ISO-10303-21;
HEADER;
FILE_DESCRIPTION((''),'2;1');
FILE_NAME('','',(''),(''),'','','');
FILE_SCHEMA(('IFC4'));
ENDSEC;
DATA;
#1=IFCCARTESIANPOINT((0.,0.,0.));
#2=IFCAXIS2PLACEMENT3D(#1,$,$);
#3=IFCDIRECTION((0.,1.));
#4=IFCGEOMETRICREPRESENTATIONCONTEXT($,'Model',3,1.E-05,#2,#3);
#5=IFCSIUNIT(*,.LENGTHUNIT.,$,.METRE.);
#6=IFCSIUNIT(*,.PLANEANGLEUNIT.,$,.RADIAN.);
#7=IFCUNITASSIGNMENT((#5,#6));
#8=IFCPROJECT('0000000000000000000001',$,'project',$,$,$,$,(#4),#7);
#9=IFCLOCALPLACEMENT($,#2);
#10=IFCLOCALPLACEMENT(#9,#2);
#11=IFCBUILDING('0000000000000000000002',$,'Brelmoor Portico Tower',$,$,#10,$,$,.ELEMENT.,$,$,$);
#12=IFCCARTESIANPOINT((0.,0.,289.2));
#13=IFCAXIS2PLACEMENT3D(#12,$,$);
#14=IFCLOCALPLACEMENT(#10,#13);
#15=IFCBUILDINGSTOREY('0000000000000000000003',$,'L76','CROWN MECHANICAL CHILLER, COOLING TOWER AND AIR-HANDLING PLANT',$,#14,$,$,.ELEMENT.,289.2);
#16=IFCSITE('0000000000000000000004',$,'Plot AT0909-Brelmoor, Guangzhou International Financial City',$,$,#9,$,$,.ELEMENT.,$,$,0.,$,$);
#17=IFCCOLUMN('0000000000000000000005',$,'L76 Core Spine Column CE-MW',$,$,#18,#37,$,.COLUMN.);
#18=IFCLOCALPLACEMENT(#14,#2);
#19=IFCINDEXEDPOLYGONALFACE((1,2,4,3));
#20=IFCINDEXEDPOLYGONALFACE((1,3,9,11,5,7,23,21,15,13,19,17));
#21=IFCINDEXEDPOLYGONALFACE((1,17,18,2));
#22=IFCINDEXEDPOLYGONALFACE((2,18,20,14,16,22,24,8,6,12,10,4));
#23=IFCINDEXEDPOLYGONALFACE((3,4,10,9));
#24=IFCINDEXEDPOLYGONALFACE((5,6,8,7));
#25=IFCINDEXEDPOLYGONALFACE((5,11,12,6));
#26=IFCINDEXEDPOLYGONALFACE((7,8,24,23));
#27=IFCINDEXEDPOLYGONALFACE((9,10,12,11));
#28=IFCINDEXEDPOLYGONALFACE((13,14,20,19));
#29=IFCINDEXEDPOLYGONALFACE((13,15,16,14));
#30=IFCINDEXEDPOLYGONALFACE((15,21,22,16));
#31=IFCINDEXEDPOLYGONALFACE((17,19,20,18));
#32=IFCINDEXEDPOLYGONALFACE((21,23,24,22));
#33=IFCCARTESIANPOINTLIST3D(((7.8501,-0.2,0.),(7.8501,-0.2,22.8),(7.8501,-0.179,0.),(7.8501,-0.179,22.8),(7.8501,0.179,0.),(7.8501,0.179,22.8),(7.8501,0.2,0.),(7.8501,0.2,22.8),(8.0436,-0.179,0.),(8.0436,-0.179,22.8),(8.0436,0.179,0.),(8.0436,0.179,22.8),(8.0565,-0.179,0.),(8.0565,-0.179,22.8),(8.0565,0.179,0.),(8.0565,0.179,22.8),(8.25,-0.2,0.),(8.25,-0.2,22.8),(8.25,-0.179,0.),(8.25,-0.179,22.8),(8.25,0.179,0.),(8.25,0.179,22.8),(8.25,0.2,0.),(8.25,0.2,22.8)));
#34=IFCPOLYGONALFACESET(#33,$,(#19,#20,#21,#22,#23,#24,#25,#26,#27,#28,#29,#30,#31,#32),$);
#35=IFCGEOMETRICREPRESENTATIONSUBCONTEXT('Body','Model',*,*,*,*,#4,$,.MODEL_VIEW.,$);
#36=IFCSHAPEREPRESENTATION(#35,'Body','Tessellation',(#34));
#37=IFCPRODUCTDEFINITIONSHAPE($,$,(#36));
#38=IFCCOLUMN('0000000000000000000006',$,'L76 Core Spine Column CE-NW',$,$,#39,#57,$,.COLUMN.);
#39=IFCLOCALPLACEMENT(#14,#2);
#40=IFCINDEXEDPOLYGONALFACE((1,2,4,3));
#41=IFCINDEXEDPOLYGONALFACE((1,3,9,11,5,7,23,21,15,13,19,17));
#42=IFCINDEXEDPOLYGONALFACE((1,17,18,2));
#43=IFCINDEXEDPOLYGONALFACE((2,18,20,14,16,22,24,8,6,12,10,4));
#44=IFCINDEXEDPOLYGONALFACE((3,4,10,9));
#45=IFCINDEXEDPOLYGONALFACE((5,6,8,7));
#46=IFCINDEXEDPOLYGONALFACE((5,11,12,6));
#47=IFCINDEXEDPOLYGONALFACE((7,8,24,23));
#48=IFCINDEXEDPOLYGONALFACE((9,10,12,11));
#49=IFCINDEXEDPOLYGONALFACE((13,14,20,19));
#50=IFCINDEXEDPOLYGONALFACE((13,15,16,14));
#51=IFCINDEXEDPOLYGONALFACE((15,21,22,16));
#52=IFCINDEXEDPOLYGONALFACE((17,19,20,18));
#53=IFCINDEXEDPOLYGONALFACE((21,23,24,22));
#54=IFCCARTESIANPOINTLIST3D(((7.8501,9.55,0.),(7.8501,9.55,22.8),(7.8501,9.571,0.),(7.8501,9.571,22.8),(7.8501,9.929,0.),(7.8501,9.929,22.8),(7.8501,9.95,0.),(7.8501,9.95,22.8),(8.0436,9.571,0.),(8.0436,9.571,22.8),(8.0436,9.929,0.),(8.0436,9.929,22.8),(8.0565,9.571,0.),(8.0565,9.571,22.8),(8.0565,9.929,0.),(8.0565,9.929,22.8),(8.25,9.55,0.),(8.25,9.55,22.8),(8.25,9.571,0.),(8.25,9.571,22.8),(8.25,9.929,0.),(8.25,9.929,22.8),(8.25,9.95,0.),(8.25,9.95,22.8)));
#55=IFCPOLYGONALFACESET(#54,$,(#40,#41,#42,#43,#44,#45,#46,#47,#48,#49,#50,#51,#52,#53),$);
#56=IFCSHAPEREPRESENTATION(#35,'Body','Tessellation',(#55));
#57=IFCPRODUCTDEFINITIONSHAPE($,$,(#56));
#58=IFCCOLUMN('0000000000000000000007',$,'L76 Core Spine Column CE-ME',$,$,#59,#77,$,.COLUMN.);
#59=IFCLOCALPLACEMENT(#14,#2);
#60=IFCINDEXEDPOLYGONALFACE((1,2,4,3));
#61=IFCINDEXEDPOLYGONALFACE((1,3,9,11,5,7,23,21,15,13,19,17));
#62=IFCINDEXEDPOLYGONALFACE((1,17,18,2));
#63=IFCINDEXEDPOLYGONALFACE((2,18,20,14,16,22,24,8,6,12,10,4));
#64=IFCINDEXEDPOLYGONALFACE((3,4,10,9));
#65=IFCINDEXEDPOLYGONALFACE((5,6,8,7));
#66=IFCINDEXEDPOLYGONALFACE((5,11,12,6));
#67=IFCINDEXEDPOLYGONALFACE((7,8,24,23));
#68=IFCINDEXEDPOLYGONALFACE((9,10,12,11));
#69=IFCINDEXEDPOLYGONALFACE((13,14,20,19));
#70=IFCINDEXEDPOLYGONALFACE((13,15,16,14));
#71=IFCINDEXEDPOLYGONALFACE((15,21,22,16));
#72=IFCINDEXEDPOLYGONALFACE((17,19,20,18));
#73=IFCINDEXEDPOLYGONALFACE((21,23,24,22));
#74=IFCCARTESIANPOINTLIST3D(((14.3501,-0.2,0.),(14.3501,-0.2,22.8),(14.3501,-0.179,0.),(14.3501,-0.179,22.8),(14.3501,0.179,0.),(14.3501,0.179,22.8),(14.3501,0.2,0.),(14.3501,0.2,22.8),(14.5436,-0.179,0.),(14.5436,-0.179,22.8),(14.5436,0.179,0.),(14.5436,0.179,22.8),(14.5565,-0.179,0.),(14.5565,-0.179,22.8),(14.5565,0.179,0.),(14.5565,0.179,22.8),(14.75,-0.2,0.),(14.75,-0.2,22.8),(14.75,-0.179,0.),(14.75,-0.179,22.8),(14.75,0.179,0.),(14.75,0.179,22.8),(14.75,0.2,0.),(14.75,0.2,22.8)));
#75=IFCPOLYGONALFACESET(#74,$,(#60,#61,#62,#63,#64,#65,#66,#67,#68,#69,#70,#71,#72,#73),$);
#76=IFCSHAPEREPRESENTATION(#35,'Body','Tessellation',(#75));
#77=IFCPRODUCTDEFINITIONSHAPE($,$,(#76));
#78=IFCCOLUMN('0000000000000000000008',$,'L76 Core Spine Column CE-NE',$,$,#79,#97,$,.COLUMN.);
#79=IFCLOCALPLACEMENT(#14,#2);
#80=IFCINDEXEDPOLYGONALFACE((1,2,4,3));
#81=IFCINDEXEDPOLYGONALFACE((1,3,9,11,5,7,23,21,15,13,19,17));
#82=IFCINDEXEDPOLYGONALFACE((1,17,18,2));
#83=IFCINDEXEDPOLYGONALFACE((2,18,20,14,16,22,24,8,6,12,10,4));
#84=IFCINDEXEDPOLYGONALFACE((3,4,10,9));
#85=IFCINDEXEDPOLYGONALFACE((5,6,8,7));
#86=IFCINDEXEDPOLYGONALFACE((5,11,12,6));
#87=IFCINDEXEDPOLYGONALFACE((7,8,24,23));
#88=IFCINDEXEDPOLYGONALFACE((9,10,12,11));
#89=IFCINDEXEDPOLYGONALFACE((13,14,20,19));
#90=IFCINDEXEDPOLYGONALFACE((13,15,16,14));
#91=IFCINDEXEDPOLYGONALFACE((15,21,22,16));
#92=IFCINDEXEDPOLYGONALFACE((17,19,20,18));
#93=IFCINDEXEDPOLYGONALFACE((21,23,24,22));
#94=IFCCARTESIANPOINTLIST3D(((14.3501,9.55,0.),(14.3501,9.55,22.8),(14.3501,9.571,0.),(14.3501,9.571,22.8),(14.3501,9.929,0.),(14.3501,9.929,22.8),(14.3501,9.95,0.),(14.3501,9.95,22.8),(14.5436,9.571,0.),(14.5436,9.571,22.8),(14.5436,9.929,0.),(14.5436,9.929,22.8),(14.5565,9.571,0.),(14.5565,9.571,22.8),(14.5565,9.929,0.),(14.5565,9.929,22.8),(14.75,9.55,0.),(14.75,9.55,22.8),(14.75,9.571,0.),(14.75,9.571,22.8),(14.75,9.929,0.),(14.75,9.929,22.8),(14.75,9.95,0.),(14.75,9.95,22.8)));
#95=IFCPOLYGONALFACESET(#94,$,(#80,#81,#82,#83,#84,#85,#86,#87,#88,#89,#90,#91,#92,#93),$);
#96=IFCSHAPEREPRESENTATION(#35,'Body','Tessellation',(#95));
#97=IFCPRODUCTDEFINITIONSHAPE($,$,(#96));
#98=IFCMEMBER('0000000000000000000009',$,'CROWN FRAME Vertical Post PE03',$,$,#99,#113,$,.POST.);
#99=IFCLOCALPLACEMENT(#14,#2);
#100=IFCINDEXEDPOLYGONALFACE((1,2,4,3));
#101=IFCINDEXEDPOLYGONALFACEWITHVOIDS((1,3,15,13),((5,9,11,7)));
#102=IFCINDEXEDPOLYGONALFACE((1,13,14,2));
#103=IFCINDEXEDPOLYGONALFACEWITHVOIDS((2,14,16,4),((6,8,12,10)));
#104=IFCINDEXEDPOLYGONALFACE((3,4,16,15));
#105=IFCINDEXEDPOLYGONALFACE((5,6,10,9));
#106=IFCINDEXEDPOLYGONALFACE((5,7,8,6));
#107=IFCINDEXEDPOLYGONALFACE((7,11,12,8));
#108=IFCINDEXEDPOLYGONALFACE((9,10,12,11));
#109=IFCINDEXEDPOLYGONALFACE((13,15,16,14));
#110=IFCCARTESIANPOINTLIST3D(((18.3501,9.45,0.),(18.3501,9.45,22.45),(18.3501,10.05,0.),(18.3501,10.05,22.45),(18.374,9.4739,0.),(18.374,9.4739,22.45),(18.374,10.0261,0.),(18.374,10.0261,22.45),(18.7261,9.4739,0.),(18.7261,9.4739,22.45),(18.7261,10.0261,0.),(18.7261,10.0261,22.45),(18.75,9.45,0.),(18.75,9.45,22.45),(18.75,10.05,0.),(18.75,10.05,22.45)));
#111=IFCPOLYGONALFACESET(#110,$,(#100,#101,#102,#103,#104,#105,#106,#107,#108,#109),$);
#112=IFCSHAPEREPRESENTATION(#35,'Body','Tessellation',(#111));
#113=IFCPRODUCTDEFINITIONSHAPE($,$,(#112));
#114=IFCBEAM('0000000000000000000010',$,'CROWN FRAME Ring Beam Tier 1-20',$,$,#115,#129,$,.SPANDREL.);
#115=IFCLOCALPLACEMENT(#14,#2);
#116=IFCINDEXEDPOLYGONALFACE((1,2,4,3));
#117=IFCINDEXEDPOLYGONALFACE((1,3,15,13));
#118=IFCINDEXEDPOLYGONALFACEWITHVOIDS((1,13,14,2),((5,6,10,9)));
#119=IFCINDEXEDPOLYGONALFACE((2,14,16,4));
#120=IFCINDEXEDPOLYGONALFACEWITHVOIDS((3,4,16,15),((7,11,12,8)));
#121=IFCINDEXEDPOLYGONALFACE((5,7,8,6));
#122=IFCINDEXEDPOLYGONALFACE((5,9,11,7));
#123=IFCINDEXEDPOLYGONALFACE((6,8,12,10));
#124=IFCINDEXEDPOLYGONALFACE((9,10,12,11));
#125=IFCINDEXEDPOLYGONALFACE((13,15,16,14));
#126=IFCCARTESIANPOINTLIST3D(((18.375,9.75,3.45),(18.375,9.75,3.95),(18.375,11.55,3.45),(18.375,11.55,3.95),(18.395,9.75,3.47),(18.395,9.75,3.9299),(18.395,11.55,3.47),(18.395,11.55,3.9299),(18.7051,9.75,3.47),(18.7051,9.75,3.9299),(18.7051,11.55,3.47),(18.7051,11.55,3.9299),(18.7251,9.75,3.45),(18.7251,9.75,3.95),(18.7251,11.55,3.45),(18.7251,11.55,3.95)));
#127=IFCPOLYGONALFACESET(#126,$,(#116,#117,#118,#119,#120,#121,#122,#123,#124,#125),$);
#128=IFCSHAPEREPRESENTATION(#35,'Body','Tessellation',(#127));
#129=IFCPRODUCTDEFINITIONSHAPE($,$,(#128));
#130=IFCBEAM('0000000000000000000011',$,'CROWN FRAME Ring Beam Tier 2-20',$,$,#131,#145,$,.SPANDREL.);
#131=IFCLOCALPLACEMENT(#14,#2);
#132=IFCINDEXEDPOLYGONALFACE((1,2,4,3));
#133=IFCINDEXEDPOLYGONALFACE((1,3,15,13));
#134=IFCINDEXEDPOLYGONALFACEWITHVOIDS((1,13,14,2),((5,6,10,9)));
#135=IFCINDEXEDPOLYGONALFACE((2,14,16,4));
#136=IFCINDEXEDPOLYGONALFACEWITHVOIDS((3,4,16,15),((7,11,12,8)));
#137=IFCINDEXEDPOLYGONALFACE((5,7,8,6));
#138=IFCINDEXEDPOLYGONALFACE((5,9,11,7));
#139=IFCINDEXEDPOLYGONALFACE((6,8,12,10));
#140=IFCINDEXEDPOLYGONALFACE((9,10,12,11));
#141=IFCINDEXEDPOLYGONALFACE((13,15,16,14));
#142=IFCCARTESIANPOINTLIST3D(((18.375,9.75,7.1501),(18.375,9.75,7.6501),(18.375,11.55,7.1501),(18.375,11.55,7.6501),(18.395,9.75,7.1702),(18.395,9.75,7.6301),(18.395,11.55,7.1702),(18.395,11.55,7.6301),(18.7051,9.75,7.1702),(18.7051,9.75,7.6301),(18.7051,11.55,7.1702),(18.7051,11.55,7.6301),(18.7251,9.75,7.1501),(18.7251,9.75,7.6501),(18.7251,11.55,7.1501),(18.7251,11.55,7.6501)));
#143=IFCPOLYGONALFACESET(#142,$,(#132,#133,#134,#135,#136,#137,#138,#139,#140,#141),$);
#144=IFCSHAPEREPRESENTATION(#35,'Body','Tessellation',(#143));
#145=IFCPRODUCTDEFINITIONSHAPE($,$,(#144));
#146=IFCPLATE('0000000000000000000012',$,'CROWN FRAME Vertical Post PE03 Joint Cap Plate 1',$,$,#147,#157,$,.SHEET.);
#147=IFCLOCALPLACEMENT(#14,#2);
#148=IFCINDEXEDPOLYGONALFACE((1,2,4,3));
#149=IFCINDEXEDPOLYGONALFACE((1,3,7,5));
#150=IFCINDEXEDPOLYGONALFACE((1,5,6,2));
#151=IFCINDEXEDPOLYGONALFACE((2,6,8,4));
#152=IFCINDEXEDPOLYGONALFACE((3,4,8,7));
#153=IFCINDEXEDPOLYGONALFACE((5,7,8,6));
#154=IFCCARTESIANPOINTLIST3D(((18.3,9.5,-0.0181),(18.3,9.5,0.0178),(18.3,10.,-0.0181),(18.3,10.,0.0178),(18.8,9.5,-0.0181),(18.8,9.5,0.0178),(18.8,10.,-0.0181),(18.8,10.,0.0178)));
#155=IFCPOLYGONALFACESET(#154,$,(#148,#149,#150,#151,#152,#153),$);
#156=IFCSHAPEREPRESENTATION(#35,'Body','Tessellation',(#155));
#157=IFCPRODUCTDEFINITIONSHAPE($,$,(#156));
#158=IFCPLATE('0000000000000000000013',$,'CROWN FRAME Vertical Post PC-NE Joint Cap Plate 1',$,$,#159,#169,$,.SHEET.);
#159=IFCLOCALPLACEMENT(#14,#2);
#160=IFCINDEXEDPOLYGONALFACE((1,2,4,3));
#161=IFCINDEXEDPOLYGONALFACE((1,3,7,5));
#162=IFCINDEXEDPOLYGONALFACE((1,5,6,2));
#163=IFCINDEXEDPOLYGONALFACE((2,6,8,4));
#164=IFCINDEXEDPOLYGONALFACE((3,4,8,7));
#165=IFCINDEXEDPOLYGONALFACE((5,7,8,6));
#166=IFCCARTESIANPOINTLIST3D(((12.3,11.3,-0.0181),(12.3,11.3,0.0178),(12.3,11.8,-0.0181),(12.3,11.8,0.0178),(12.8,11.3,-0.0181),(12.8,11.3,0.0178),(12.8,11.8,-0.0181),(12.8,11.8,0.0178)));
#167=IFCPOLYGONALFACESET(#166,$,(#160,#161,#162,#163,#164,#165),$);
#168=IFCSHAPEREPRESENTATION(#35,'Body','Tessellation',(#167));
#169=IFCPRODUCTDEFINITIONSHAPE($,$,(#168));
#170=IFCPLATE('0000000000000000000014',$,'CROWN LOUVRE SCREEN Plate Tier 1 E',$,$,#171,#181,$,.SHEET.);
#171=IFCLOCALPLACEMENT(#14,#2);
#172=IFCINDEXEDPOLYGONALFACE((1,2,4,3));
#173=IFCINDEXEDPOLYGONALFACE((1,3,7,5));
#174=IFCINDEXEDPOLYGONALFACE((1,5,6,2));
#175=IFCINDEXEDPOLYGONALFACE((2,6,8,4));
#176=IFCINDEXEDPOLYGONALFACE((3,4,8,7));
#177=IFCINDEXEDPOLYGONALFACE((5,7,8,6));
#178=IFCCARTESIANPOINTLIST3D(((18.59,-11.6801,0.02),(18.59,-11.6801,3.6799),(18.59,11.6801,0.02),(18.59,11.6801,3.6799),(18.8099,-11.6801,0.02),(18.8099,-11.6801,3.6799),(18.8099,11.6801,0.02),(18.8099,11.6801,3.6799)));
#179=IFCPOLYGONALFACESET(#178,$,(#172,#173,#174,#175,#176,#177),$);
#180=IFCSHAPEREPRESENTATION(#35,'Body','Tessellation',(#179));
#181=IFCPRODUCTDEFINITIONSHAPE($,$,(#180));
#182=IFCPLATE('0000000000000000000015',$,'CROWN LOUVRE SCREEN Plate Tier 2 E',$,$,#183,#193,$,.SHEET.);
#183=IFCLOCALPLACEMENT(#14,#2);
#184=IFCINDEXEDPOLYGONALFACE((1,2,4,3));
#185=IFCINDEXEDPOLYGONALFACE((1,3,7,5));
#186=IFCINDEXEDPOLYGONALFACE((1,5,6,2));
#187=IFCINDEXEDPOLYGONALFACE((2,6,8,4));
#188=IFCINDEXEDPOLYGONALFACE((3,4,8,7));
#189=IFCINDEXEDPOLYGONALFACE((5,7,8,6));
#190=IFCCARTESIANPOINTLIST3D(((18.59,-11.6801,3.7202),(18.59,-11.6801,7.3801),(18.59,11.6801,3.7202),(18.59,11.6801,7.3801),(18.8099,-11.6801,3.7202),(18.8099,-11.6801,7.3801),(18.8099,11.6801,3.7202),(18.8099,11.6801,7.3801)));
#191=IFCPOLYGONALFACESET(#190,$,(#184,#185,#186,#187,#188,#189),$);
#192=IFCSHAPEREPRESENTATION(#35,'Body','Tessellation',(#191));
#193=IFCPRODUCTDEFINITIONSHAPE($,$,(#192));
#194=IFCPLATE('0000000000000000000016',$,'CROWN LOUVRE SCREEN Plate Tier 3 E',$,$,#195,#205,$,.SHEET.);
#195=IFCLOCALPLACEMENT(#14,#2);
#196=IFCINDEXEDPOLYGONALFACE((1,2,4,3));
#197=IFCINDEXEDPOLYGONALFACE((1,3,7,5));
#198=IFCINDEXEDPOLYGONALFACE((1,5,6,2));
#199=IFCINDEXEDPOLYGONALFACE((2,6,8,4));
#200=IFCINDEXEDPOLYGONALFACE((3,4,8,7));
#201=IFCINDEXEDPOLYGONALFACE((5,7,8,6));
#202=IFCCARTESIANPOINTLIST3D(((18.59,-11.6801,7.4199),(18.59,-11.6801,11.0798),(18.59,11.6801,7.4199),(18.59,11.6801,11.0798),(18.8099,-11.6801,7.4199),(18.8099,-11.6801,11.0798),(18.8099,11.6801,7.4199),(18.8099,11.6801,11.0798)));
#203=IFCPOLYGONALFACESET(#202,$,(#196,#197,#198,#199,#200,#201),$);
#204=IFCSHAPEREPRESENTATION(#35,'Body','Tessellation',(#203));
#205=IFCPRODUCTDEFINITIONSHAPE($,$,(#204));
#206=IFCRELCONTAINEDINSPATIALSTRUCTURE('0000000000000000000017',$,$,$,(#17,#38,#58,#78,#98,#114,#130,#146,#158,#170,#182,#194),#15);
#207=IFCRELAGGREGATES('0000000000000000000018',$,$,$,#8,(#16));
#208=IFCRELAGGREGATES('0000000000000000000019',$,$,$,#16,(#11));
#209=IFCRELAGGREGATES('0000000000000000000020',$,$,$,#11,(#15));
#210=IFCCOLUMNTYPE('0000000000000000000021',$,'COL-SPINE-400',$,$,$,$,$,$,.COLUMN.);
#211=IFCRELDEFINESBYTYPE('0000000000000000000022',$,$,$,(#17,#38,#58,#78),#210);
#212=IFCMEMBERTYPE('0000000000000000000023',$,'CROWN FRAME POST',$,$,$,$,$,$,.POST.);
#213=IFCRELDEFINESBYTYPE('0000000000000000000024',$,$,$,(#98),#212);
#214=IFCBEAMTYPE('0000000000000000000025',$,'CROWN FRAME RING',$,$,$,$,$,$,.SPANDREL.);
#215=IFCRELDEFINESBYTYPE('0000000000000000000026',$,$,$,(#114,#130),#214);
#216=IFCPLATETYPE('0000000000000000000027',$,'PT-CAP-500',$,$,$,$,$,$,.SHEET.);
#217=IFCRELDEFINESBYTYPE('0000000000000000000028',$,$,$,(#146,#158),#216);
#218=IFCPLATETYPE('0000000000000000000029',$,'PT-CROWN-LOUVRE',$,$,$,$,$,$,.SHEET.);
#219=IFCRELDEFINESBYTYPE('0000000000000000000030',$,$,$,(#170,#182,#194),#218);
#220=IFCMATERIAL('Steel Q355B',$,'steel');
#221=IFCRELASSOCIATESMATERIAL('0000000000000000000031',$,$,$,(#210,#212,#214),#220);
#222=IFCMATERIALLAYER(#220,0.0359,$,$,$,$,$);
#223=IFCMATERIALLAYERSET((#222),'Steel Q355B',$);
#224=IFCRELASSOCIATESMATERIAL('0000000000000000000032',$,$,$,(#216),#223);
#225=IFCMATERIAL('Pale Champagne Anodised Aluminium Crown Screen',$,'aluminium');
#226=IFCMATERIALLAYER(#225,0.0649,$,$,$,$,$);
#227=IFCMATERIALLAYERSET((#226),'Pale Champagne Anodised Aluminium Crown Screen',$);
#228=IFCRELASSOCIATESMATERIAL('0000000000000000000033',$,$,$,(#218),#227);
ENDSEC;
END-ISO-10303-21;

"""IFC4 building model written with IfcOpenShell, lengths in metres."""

from ifc_helpers import new_model, si_unit, direction, frame, origin, origin_2d, place, context, subcontext, project, spatial, rectangle, hollow_rectangle, i_section, extrude, material, layer, layer_set, material_profile, profile_set, type_object, element, save


model = new_model("IFC4")

# Units and contexts
model_context = context("Model", 3, precision=1e-05, world=origin(), true_north=direction((0.0, 1.0)))
body_context = subcontext(model_context, "Body", "Model", "MODEL_VIEW")
ifc_project = project(units=[si_unit("LENGTHUNIT", "METRE"), si_unit("PLANEANGLEUNIT", "RADIAN")], contexts=[model_context])

# Site, building, storey
site_placement = place(None, origin())
site = spatial("IfcSite", under=ifc_project, at=site_placement, Name="Plot AT0909-Brelmoor, Guangzhou International Financial City", CompositionType="ELEMENT", RefElevation=0.0)
building_placement = place(site_placement, origin())
building = spatial("IfcBuilding", under=site, at=building_placement, Name="Brelmoor Portico Tower", CompositionType="ELEMENT")
storey_placement = place(building_placement, frame((0.0, 0.0, 289.2)))
storey = spatial("IfcBuildingStorey", under=building, at=storey_placement, Name="L76", Description="CROWN MECHANICAL CHILLER, COOLING TOWER AND AIR-HANDLING PLANT", CompositionType="ELEMENT", Elevation=289.2)

# Columns
ifc_material_1 = material(Name="Steel Q355B", Category="steel")
ifc_material_profile_1 = material_profile(ifc_material_1, i_section(OverallWidth=0.3999, OverallDepth=0.3999, WebThickness=0.0129, FlangeThickness=0.021, at=origin_2d()), Name="HW 400x400x13x21")
ifc_profile_set_1 = profile_set([ifc_material_profile_1], Name="Steel Q355B")
column_type = type_object("IfcColumnType", Name="COL-SPINE-400", PredefinedType="COLUMN", material=ifc_profile_set_1)
for number, where, z_axis, x_axis, name in (
    (1, (8.05, 0.0, 0.0), (0.0, 0.0, 1.0), (1.0, 0.0, 0.0), "L76 Core Spine Column CE-MW"),
    (2, (8.05, 9.75, 0.0), (0.0, 0.0, 1.0), (1.0, 0.0, 0.0), "L76 Core Spine Column CE-NW"),
    (3, (14.55, 0.0, 0.0), (0.0, 0.0, 1.0), (1.0, 0.0, 0.0), "L76 Core Spine Column CE-ME"),
    (4, (14.55, 9.75, 0.0), (0.0, 0.0, 1.0), (1.0, 0.0, 0.0), "L76 Core Spine Column CE-NE"),
):
    element("IfcColumn", number, at=place(storey_placement, frame(where, z_axis=z_axis, x_axis=x_axis)), inside=storey, type_object=column_type, Name=name, PredefinedType="COLUMN", context=body_context, shape_type="SweptSolid", body=[
        extrude(i_section(OverallWidth=0.3999, OverallDepth=0.3999, WebThickness=0.0129, FlangeThickness=0.021, at=origin_2d()), origin(), (0.0, 0.0, 1.0), 22.8),
    ])

# Member
ifc_material_profile_2 = material_profile(ifc_material_1, hollow_rectangle(XDim=0.3999, YDim=0.6001, WallThickness=0.0239, at=origin_2d()), Name="RHS 400x600x24")
ifc_profile_set_2 = profile_set([ifc_material_profile_2], Name="Steel Q355B")
member_type = type_object("IfcMemberType", Name="CROWN FRAME POST", PredefinedType="POST", material=ifc_profile_set_2)
member_placement = place(storey_placement, frame((18.55, 9.75, 0.0), z_axis=(0.0, 0.0, 1.0), x_axis=(1.0, 0.0, 0.0)))
element("IfcMember", 5, at=member_placement, inside=storey, type_object=member_type, Name="CROWN FRAME Vertical Post PE03", PredefinedType="POST", context=body_context, shape_type="SweptSolid", body=[
    extrude(hollow_rectangle(XDim=0.3999, YDim=0.6001, WallThickness=0.0239, at=origin_2d()), origin(), (0.0, 0.0, 1.0), 22.45),
])

# Beams
ifc_material_profile_3 = material_profile(ifc_material_1, hollow_rectangle(XDim=0.3501, YDim=0.5, WallThickness=0.02, at=origin_2d()), Name="RHS 350x500x20")
ifc_profile_set_3 = profile_set([ifc_material_profile_3], Name="Steel Q355B")
beam_type = type_object("IfcBeamType", Name="CROWN FRAME RING", PredefinedType="SPANDREL", material=ifc_profile_set_3)
for number, where, z_axis, x_axis, name in (
    (6, (18.55, 9.75, 3.7), (0.0, 1.0, 0.0), (-1.0, 0.0, 0.0), "CROWN FRAME Ring Beam Tier 1-20"),
    (7, (18.55, 9.75, 7.4001), (0.0, 1.0, 0.0), (-1.0, 0.0, 0.0), "CROWN FRAME Ring Beam Tier 2-20"),
):
    element("IfcBeam", number, at=place(storey_placement, frame(where, z_axis=z_axis, x_axis=x_axis)), inside=storey, type_object=beam_type, Name=name, PredefinedType="SPANDREL", context=body_context, shape_type="SweptSolid", body=[
        extrude(hollow_rectangle(XDim=0.3501, YDim=0.5, WallThickness=0.02, at=origin_2d()), origin(), (0.0, 0.0, 1.0), 1.8),
    ])

# Plates
ifc_layer_1 = layer(ifc_material_1, 0.0359)
ifc_layer_set_1 = layer_set([ifc_layer_1], Name="Steel Q355B")
plate_type_1 = type_object("IfcPlateType", Name="PT-CAP-500", PredefinedType="SHEET", material=ifc_layer_set_1)
for number, where, z_axis, x_axis, name in (
    (8, (18.55, 9.75, -0.0181), (0.0, 0.0, 1.0), (1.0, 0.0, 0.0), "CROWN FRAME Vertical Post PE03 Joint Cap Plate 1"),
    (9, (12.55, 11.55, -0.0181), (0.0, 0.0, 1.0), (1.0, 0.0, 0.0), "CROWN FRAME Vertical Post PC-NE Joint Cap Plate 1"),
):
    element("IfcPlate", number, at=place(storey_placement, frame(where, z_axis=z_axis, x_axis=x_axis)), inside=storey, type_object=plate_type_1, Name=name, PredefinedType="SHEET", context=body_context, shape_type="SweptSolid", body=[
        extrude(rectangle(XDim=0.5, YDim=0.5, at=origin_2d()), origin(), (0.0, 0.0, 1.0), 0.0359),
    ])
ifc_material_2 = material(Name="Pale Champagne Anodised Aluminium Crown Screen", Category="aluminium")
ifc_layer_2 = layer(ifc_material_2, 0.0649)
ifc_layer_set_2 = layer_set([ifc_layer_2], Name="Pale Champagne Anodised Aluminium Crown Screen")
plate_type_2 = type_object("IfcPlateType", Name="PT-CROWN-LOUVRE", PredefinedType="SHEET", material=ifc_layer_set_2)
for number, where, z_axis, x_axis, name in (
    (10, (18.7, 0.0, 0.02), (0.0, 0.0, 1.0), (0.0, 1.0, 0.0), "CROWN LOUVRE SCREEN Plate Tier 1 E"),
    (11, (18.7, 0.0, 3.7202), (0.0, 0.0, 1.0), (0.0, 1.0, 0.0), "CROWN LOUVRE SCREEN Plate Tier 2 E"),
    (12, (18.7, 0.0, 7.4199), (0.0, 0.0, 1.0), (0.0, 1.0, 0.0), "CROWN LOUVRE SCREEN Plate Tier 3 E"),
):
    element("IfcPlate", number, at=place(storey_placement, frame(where, z_axis=z_axis, x_axis=x_axis)), inside=storey, type_object=plate_type_2, Name=name, PredefinedType="SHEET", context=body_context, shape_type="SweptSolid", body=[
        extrude(rectangle(XDim=23.3601, YDim=0.22, at=origin_2d()), origin(), (0.0, 0.0, 1.0), 3.6599),
    ])

save(model, "model.ifc")
